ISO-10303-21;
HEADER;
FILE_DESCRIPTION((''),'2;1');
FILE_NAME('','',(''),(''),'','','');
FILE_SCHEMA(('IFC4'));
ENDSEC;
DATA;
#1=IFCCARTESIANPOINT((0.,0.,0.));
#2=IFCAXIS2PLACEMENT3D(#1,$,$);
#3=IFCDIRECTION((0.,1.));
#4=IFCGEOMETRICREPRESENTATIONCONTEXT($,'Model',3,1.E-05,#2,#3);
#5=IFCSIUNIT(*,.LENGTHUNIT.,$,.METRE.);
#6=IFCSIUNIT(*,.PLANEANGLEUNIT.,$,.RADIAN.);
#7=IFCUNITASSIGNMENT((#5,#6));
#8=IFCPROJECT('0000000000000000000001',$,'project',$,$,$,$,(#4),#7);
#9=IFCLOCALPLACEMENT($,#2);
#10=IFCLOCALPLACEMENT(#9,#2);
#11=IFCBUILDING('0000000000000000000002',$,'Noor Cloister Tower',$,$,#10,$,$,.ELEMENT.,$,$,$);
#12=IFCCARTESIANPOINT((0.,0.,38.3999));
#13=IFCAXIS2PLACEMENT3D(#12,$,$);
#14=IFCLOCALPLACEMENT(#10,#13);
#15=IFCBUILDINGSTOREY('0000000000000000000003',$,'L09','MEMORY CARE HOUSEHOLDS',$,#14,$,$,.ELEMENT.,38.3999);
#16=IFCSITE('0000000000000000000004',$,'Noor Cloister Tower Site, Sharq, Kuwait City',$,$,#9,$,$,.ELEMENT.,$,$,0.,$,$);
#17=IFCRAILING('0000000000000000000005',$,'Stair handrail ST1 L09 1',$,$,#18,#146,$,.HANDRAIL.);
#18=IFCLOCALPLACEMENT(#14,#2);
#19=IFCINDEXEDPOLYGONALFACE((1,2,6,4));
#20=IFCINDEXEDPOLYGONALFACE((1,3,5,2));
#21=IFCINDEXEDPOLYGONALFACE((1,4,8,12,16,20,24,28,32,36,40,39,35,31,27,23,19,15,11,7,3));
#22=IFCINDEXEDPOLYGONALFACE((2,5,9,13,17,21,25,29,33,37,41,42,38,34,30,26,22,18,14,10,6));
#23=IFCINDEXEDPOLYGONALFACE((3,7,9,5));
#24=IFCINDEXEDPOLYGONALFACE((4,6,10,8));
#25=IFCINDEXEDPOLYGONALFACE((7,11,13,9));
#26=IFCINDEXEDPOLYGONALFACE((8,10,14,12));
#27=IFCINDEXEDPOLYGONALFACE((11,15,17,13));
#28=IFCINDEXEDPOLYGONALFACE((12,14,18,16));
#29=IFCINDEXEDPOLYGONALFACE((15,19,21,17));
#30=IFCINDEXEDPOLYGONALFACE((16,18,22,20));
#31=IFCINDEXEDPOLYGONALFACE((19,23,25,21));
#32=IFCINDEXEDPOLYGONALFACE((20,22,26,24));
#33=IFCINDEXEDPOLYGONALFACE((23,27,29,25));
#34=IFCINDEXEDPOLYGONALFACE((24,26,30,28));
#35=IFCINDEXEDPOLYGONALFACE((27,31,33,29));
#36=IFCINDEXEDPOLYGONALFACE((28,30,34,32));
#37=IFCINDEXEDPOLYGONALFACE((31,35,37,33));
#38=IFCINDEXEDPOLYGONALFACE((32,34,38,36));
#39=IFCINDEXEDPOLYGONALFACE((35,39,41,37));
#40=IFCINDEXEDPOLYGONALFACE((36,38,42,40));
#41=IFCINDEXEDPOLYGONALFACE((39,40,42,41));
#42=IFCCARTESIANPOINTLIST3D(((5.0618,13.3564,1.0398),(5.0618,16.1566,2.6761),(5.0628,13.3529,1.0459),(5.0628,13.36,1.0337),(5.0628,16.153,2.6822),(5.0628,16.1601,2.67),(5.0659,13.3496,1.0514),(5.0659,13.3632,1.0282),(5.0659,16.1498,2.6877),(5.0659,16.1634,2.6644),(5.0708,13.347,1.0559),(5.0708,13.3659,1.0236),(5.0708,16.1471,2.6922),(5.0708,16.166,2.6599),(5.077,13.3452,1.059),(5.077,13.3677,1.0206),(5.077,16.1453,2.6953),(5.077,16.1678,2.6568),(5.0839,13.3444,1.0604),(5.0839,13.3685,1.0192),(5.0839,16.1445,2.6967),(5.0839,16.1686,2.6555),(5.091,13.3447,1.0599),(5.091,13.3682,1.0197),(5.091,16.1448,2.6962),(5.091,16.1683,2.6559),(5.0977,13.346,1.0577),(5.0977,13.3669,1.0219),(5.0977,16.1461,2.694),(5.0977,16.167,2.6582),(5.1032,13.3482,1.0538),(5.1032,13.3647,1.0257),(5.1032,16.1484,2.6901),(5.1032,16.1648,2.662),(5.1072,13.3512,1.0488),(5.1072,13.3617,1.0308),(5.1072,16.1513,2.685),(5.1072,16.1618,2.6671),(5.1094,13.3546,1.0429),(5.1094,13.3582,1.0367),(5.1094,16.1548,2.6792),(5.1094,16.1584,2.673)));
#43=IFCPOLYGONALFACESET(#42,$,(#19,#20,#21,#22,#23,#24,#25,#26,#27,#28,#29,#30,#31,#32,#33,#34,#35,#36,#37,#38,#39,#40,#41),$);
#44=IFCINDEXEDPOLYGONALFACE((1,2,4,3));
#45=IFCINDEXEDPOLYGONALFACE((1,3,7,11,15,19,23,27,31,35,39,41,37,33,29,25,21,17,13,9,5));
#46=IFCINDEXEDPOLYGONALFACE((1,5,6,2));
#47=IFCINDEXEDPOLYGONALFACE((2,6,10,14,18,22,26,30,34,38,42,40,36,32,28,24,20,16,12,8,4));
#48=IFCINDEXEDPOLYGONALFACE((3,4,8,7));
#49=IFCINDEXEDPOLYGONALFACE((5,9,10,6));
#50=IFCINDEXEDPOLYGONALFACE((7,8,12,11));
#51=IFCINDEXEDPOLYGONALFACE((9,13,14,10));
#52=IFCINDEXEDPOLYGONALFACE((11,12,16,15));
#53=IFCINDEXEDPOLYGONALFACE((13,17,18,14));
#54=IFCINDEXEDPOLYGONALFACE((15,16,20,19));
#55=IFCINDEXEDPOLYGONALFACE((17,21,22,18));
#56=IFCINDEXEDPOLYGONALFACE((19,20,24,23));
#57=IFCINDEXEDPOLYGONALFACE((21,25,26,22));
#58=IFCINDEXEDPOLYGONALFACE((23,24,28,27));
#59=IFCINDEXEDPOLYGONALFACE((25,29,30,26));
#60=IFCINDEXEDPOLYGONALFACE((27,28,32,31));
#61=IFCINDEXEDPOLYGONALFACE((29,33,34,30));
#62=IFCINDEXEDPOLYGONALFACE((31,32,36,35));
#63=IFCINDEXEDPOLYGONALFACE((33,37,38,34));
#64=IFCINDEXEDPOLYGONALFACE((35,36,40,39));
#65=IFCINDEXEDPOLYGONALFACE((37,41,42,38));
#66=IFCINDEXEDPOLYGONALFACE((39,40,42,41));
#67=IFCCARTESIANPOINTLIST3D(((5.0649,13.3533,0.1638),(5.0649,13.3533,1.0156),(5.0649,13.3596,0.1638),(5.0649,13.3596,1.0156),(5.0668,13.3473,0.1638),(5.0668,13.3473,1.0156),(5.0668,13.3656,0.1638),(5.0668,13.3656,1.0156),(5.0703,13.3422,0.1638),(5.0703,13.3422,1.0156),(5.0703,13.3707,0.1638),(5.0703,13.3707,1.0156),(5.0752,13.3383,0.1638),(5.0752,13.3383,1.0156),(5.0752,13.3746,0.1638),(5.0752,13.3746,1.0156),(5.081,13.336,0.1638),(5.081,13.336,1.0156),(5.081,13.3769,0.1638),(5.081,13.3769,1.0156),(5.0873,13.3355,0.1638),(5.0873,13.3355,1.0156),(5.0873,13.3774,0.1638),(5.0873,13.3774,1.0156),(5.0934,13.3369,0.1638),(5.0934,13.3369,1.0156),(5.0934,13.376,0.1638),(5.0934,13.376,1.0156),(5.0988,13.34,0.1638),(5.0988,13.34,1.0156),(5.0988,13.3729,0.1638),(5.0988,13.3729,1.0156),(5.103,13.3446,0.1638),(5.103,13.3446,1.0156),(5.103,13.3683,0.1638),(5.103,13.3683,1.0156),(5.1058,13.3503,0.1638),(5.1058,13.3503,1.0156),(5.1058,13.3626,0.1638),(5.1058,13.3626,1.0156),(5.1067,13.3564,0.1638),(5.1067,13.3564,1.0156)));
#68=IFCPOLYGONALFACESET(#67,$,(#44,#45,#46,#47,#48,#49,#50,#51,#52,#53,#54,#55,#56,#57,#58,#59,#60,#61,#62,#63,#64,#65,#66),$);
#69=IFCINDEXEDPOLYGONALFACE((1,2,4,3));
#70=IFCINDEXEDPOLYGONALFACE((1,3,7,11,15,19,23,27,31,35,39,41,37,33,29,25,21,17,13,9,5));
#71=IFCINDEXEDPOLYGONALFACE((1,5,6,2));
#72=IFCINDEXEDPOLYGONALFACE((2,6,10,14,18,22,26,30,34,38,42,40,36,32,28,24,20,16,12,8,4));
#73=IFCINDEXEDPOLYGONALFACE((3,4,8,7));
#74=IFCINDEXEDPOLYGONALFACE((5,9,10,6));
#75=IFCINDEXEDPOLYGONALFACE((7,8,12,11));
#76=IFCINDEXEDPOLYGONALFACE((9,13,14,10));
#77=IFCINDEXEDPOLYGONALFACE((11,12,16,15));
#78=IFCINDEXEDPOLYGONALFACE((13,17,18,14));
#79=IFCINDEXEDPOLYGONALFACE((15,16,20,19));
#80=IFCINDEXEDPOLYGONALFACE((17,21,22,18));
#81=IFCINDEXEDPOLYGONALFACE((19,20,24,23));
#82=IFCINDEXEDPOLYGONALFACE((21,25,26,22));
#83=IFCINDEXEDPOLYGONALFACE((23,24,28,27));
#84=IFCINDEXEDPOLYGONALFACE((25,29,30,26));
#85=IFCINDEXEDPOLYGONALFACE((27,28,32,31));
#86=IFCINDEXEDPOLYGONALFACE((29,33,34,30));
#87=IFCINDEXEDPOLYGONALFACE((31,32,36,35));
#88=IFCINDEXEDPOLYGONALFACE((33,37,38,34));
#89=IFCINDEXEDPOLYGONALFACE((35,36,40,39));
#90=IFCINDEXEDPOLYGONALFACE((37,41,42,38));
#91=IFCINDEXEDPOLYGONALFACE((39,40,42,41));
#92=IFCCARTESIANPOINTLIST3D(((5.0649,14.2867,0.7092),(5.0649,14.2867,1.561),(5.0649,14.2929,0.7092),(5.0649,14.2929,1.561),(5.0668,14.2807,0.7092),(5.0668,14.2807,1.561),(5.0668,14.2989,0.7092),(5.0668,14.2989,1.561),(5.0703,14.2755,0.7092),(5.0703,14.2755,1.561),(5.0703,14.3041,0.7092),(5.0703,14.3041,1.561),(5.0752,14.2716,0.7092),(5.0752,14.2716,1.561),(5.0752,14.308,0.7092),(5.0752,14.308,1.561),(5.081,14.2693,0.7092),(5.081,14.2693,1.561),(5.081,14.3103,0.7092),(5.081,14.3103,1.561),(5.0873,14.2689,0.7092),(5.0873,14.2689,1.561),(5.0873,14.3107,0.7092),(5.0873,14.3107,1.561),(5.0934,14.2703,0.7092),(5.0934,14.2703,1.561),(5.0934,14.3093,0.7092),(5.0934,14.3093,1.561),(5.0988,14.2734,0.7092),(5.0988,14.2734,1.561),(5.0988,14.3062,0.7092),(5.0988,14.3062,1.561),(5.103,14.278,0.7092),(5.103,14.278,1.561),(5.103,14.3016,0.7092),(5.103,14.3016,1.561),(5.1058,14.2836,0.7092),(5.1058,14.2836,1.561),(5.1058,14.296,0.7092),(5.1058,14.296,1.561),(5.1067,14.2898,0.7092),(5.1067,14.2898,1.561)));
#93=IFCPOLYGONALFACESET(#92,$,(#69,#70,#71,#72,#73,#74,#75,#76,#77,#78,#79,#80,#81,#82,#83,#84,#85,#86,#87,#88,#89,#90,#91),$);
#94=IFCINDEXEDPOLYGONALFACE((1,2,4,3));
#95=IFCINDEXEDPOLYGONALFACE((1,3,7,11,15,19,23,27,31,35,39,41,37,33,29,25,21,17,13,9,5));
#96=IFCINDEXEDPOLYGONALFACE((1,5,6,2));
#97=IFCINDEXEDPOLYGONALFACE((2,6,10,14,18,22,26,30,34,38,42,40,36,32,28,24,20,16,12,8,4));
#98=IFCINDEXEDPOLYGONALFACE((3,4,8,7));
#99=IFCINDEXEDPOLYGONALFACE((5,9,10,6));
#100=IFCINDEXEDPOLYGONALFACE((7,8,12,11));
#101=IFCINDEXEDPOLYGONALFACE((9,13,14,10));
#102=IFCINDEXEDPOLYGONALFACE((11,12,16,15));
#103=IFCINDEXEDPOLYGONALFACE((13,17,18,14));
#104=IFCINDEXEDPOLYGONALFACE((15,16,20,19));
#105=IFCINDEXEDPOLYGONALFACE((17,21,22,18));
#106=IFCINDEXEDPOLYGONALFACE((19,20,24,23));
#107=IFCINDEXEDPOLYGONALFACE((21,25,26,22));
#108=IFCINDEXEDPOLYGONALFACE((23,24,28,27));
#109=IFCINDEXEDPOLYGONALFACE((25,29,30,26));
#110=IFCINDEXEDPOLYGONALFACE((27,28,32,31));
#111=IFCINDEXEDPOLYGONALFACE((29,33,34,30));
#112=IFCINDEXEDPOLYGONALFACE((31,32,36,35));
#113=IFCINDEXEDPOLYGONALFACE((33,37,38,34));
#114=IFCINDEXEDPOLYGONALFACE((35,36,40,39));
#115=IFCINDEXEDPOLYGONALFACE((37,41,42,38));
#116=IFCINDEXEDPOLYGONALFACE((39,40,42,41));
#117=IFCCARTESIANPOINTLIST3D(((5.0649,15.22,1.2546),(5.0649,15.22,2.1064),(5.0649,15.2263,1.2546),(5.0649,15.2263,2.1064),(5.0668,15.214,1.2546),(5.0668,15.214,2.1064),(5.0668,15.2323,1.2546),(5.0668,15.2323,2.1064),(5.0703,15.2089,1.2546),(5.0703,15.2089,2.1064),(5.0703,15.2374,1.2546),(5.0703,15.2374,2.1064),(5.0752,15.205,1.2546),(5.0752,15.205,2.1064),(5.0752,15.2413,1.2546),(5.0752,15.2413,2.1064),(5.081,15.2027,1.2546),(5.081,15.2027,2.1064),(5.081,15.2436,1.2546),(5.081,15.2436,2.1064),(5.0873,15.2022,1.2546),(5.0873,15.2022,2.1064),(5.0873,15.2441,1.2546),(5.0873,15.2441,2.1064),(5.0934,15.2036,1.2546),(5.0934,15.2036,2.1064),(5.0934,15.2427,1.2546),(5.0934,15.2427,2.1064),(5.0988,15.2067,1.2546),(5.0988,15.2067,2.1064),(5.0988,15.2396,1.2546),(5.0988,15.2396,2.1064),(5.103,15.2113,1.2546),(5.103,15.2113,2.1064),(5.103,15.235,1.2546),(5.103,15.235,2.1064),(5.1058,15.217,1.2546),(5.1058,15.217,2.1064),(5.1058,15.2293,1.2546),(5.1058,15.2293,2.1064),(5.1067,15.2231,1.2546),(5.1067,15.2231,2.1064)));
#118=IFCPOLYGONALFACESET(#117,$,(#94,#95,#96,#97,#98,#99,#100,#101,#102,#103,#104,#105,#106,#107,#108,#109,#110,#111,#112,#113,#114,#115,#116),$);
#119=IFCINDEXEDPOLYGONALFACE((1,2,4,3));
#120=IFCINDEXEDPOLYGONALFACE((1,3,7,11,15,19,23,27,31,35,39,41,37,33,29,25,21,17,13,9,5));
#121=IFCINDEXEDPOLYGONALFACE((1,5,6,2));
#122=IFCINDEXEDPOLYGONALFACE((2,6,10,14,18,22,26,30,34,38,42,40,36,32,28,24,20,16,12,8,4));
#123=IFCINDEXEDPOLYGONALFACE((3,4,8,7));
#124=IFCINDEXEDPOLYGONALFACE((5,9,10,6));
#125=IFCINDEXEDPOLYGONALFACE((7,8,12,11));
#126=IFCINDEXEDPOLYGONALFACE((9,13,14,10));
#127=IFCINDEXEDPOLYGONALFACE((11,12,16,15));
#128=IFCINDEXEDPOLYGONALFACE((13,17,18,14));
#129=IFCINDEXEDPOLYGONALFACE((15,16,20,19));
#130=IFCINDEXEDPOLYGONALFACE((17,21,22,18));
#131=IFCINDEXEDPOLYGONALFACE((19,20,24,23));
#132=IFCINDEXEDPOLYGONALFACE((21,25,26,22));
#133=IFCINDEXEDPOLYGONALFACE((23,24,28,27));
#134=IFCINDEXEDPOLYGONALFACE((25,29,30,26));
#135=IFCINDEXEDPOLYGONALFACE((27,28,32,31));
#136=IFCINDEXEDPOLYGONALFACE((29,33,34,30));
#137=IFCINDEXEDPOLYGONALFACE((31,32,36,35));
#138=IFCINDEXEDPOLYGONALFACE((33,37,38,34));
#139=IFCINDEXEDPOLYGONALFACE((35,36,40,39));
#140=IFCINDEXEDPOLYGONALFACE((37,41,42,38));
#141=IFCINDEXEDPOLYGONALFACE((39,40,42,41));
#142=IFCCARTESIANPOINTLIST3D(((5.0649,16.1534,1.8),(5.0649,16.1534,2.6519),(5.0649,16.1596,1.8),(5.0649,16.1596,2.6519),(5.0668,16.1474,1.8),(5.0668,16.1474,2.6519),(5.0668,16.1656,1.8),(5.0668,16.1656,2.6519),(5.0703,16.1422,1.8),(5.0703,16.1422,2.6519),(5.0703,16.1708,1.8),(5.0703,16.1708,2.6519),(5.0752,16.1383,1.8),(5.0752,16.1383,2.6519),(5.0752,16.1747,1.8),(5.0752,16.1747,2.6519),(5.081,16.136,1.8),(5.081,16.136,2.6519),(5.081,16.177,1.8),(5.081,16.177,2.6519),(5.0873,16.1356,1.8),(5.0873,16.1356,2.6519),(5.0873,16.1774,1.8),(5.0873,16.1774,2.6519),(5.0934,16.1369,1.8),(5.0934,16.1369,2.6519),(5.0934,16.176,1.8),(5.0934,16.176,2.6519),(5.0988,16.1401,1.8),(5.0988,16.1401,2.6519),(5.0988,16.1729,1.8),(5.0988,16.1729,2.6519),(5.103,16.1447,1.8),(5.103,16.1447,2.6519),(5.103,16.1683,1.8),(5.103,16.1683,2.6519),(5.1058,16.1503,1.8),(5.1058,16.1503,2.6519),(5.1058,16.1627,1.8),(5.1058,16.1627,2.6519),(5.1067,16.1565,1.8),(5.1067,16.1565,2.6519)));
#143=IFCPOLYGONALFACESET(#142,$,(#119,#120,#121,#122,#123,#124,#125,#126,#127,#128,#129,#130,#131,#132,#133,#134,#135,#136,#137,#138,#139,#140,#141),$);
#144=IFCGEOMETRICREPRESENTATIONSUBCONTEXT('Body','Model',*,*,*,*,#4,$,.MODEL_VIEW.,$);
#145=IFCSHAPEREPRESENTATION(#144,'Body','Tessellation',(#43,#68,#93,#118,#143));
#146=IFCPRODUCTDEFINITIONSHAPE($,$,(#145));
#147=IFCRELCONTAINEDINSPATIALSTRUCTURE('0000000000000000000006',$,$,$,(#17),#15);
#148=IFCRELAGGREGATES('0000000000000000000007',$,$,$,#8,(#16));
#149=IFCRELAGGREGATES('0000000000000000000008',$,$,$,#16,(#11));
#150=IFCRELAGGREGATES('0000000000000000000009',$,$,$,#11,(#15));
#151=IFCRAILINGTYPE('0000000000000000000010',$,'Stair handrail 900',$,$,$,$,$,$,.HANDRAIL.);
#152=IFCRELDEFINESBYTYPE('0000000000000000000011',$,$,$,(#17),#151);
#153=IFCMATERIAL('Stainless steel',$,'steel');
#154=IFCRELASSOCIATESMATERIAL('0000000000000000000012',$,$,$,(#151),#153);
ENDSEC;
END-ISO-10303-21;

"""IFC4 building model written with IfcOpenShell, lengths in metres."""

from ifc_helpers import new_model, si_unit, direction, frame, origin, origin_2d, place, context, subcontext, project, spatial, circle, extrude, material, type_object, element, save


model = new_model("IFC4")

# Units and contexts
model_context = context("Model", 3, precision=1e-05, world=origin(), true_north=direction((0.0, 1.0)))
body_context = subcontext(model_context, "Body", "Model", "MODEL_VIEW")
ifc_project = project(units=[si_unit("LENGTHUNIT", "METRE"), si_unit("PLANEANGLEUNIT", "RADIAN")], contexts=[model_context])

# Site, building, storey
site_placement = place(None, origin())
site = spatial("IfcSite", under=ifc_project, at=site_placement, Name="Noor Cloister Tower Site, Sharq, Kuwait City", CompositionType="ELEMENT", RefElevation=0.0)
building_placement = place(site_placement, origin())
building = spatial("IfcBuilding", under=site, at=building_placement, Name="Noor Cloister Tower", CompositionType="ELEMENT")
storey_placement = place(building_placement, frame((0.0, 0.0, 38.3999)))
storey = spatial("IfcBuildingStorey", under=building, at=storey_placement, Name="L09", Description="MEMORY CARE HOUSEHOLDS", CompositionType="ELEMENT", Elevation=38.3999)

# Railing
ifc_material_1 = material(Name="Stainless steel", Category="steel")
railing_type_1 = type_object("IfcRailingType", Name="Stair handrail 900", PredefinedType="HANDRAIL", material=ifc_material_1)
railing_1_placement = place(storey_placement, frame((5.0857, 13.3564, 0.1638)))
element("IfcRailing", 1, at=railing_1_placement, inside=storey, type_object=railing_type_1, Name="Stair handrail ST1 L09 1", PredefinedType="HANDRAIL", context=body_context, shape_type="SweptSolid", body=[
    extrude(circle(Radius=0.0239, at=origin_2d()), frame((0.0, 0.0, 0.876), z_axis=(0.0, 0.863394, 0.504531), x_axis=(-1.0, 0.0, 0.0)), (0.0, 0.0, 1.0), 3.2432),
    extrude(circle(Radius=0.021, at=origin_2d()), origin(), (0.0, 0.0, 1.0), 0.8518),
    extrude(circle(Radius=0.021, at=origin_2d()), frame((0.0, 0.9333, 0.5454)), (0.0, 0.0, 1.0), 0.8518),
    extrude(circle(Radius=0.021, at=origin_2d()), frame((0.0, 1.8667, 1.0908)), (0.0, 0.0, 1.0), 0.8518),
    extrude(circle(Radius=0.021, at=origin_2d()), frame((0.0, 2.8, 1.6362)), (0.0, 0.0, 1.0), 0.8518),
])

save(model, "model.ifc")
